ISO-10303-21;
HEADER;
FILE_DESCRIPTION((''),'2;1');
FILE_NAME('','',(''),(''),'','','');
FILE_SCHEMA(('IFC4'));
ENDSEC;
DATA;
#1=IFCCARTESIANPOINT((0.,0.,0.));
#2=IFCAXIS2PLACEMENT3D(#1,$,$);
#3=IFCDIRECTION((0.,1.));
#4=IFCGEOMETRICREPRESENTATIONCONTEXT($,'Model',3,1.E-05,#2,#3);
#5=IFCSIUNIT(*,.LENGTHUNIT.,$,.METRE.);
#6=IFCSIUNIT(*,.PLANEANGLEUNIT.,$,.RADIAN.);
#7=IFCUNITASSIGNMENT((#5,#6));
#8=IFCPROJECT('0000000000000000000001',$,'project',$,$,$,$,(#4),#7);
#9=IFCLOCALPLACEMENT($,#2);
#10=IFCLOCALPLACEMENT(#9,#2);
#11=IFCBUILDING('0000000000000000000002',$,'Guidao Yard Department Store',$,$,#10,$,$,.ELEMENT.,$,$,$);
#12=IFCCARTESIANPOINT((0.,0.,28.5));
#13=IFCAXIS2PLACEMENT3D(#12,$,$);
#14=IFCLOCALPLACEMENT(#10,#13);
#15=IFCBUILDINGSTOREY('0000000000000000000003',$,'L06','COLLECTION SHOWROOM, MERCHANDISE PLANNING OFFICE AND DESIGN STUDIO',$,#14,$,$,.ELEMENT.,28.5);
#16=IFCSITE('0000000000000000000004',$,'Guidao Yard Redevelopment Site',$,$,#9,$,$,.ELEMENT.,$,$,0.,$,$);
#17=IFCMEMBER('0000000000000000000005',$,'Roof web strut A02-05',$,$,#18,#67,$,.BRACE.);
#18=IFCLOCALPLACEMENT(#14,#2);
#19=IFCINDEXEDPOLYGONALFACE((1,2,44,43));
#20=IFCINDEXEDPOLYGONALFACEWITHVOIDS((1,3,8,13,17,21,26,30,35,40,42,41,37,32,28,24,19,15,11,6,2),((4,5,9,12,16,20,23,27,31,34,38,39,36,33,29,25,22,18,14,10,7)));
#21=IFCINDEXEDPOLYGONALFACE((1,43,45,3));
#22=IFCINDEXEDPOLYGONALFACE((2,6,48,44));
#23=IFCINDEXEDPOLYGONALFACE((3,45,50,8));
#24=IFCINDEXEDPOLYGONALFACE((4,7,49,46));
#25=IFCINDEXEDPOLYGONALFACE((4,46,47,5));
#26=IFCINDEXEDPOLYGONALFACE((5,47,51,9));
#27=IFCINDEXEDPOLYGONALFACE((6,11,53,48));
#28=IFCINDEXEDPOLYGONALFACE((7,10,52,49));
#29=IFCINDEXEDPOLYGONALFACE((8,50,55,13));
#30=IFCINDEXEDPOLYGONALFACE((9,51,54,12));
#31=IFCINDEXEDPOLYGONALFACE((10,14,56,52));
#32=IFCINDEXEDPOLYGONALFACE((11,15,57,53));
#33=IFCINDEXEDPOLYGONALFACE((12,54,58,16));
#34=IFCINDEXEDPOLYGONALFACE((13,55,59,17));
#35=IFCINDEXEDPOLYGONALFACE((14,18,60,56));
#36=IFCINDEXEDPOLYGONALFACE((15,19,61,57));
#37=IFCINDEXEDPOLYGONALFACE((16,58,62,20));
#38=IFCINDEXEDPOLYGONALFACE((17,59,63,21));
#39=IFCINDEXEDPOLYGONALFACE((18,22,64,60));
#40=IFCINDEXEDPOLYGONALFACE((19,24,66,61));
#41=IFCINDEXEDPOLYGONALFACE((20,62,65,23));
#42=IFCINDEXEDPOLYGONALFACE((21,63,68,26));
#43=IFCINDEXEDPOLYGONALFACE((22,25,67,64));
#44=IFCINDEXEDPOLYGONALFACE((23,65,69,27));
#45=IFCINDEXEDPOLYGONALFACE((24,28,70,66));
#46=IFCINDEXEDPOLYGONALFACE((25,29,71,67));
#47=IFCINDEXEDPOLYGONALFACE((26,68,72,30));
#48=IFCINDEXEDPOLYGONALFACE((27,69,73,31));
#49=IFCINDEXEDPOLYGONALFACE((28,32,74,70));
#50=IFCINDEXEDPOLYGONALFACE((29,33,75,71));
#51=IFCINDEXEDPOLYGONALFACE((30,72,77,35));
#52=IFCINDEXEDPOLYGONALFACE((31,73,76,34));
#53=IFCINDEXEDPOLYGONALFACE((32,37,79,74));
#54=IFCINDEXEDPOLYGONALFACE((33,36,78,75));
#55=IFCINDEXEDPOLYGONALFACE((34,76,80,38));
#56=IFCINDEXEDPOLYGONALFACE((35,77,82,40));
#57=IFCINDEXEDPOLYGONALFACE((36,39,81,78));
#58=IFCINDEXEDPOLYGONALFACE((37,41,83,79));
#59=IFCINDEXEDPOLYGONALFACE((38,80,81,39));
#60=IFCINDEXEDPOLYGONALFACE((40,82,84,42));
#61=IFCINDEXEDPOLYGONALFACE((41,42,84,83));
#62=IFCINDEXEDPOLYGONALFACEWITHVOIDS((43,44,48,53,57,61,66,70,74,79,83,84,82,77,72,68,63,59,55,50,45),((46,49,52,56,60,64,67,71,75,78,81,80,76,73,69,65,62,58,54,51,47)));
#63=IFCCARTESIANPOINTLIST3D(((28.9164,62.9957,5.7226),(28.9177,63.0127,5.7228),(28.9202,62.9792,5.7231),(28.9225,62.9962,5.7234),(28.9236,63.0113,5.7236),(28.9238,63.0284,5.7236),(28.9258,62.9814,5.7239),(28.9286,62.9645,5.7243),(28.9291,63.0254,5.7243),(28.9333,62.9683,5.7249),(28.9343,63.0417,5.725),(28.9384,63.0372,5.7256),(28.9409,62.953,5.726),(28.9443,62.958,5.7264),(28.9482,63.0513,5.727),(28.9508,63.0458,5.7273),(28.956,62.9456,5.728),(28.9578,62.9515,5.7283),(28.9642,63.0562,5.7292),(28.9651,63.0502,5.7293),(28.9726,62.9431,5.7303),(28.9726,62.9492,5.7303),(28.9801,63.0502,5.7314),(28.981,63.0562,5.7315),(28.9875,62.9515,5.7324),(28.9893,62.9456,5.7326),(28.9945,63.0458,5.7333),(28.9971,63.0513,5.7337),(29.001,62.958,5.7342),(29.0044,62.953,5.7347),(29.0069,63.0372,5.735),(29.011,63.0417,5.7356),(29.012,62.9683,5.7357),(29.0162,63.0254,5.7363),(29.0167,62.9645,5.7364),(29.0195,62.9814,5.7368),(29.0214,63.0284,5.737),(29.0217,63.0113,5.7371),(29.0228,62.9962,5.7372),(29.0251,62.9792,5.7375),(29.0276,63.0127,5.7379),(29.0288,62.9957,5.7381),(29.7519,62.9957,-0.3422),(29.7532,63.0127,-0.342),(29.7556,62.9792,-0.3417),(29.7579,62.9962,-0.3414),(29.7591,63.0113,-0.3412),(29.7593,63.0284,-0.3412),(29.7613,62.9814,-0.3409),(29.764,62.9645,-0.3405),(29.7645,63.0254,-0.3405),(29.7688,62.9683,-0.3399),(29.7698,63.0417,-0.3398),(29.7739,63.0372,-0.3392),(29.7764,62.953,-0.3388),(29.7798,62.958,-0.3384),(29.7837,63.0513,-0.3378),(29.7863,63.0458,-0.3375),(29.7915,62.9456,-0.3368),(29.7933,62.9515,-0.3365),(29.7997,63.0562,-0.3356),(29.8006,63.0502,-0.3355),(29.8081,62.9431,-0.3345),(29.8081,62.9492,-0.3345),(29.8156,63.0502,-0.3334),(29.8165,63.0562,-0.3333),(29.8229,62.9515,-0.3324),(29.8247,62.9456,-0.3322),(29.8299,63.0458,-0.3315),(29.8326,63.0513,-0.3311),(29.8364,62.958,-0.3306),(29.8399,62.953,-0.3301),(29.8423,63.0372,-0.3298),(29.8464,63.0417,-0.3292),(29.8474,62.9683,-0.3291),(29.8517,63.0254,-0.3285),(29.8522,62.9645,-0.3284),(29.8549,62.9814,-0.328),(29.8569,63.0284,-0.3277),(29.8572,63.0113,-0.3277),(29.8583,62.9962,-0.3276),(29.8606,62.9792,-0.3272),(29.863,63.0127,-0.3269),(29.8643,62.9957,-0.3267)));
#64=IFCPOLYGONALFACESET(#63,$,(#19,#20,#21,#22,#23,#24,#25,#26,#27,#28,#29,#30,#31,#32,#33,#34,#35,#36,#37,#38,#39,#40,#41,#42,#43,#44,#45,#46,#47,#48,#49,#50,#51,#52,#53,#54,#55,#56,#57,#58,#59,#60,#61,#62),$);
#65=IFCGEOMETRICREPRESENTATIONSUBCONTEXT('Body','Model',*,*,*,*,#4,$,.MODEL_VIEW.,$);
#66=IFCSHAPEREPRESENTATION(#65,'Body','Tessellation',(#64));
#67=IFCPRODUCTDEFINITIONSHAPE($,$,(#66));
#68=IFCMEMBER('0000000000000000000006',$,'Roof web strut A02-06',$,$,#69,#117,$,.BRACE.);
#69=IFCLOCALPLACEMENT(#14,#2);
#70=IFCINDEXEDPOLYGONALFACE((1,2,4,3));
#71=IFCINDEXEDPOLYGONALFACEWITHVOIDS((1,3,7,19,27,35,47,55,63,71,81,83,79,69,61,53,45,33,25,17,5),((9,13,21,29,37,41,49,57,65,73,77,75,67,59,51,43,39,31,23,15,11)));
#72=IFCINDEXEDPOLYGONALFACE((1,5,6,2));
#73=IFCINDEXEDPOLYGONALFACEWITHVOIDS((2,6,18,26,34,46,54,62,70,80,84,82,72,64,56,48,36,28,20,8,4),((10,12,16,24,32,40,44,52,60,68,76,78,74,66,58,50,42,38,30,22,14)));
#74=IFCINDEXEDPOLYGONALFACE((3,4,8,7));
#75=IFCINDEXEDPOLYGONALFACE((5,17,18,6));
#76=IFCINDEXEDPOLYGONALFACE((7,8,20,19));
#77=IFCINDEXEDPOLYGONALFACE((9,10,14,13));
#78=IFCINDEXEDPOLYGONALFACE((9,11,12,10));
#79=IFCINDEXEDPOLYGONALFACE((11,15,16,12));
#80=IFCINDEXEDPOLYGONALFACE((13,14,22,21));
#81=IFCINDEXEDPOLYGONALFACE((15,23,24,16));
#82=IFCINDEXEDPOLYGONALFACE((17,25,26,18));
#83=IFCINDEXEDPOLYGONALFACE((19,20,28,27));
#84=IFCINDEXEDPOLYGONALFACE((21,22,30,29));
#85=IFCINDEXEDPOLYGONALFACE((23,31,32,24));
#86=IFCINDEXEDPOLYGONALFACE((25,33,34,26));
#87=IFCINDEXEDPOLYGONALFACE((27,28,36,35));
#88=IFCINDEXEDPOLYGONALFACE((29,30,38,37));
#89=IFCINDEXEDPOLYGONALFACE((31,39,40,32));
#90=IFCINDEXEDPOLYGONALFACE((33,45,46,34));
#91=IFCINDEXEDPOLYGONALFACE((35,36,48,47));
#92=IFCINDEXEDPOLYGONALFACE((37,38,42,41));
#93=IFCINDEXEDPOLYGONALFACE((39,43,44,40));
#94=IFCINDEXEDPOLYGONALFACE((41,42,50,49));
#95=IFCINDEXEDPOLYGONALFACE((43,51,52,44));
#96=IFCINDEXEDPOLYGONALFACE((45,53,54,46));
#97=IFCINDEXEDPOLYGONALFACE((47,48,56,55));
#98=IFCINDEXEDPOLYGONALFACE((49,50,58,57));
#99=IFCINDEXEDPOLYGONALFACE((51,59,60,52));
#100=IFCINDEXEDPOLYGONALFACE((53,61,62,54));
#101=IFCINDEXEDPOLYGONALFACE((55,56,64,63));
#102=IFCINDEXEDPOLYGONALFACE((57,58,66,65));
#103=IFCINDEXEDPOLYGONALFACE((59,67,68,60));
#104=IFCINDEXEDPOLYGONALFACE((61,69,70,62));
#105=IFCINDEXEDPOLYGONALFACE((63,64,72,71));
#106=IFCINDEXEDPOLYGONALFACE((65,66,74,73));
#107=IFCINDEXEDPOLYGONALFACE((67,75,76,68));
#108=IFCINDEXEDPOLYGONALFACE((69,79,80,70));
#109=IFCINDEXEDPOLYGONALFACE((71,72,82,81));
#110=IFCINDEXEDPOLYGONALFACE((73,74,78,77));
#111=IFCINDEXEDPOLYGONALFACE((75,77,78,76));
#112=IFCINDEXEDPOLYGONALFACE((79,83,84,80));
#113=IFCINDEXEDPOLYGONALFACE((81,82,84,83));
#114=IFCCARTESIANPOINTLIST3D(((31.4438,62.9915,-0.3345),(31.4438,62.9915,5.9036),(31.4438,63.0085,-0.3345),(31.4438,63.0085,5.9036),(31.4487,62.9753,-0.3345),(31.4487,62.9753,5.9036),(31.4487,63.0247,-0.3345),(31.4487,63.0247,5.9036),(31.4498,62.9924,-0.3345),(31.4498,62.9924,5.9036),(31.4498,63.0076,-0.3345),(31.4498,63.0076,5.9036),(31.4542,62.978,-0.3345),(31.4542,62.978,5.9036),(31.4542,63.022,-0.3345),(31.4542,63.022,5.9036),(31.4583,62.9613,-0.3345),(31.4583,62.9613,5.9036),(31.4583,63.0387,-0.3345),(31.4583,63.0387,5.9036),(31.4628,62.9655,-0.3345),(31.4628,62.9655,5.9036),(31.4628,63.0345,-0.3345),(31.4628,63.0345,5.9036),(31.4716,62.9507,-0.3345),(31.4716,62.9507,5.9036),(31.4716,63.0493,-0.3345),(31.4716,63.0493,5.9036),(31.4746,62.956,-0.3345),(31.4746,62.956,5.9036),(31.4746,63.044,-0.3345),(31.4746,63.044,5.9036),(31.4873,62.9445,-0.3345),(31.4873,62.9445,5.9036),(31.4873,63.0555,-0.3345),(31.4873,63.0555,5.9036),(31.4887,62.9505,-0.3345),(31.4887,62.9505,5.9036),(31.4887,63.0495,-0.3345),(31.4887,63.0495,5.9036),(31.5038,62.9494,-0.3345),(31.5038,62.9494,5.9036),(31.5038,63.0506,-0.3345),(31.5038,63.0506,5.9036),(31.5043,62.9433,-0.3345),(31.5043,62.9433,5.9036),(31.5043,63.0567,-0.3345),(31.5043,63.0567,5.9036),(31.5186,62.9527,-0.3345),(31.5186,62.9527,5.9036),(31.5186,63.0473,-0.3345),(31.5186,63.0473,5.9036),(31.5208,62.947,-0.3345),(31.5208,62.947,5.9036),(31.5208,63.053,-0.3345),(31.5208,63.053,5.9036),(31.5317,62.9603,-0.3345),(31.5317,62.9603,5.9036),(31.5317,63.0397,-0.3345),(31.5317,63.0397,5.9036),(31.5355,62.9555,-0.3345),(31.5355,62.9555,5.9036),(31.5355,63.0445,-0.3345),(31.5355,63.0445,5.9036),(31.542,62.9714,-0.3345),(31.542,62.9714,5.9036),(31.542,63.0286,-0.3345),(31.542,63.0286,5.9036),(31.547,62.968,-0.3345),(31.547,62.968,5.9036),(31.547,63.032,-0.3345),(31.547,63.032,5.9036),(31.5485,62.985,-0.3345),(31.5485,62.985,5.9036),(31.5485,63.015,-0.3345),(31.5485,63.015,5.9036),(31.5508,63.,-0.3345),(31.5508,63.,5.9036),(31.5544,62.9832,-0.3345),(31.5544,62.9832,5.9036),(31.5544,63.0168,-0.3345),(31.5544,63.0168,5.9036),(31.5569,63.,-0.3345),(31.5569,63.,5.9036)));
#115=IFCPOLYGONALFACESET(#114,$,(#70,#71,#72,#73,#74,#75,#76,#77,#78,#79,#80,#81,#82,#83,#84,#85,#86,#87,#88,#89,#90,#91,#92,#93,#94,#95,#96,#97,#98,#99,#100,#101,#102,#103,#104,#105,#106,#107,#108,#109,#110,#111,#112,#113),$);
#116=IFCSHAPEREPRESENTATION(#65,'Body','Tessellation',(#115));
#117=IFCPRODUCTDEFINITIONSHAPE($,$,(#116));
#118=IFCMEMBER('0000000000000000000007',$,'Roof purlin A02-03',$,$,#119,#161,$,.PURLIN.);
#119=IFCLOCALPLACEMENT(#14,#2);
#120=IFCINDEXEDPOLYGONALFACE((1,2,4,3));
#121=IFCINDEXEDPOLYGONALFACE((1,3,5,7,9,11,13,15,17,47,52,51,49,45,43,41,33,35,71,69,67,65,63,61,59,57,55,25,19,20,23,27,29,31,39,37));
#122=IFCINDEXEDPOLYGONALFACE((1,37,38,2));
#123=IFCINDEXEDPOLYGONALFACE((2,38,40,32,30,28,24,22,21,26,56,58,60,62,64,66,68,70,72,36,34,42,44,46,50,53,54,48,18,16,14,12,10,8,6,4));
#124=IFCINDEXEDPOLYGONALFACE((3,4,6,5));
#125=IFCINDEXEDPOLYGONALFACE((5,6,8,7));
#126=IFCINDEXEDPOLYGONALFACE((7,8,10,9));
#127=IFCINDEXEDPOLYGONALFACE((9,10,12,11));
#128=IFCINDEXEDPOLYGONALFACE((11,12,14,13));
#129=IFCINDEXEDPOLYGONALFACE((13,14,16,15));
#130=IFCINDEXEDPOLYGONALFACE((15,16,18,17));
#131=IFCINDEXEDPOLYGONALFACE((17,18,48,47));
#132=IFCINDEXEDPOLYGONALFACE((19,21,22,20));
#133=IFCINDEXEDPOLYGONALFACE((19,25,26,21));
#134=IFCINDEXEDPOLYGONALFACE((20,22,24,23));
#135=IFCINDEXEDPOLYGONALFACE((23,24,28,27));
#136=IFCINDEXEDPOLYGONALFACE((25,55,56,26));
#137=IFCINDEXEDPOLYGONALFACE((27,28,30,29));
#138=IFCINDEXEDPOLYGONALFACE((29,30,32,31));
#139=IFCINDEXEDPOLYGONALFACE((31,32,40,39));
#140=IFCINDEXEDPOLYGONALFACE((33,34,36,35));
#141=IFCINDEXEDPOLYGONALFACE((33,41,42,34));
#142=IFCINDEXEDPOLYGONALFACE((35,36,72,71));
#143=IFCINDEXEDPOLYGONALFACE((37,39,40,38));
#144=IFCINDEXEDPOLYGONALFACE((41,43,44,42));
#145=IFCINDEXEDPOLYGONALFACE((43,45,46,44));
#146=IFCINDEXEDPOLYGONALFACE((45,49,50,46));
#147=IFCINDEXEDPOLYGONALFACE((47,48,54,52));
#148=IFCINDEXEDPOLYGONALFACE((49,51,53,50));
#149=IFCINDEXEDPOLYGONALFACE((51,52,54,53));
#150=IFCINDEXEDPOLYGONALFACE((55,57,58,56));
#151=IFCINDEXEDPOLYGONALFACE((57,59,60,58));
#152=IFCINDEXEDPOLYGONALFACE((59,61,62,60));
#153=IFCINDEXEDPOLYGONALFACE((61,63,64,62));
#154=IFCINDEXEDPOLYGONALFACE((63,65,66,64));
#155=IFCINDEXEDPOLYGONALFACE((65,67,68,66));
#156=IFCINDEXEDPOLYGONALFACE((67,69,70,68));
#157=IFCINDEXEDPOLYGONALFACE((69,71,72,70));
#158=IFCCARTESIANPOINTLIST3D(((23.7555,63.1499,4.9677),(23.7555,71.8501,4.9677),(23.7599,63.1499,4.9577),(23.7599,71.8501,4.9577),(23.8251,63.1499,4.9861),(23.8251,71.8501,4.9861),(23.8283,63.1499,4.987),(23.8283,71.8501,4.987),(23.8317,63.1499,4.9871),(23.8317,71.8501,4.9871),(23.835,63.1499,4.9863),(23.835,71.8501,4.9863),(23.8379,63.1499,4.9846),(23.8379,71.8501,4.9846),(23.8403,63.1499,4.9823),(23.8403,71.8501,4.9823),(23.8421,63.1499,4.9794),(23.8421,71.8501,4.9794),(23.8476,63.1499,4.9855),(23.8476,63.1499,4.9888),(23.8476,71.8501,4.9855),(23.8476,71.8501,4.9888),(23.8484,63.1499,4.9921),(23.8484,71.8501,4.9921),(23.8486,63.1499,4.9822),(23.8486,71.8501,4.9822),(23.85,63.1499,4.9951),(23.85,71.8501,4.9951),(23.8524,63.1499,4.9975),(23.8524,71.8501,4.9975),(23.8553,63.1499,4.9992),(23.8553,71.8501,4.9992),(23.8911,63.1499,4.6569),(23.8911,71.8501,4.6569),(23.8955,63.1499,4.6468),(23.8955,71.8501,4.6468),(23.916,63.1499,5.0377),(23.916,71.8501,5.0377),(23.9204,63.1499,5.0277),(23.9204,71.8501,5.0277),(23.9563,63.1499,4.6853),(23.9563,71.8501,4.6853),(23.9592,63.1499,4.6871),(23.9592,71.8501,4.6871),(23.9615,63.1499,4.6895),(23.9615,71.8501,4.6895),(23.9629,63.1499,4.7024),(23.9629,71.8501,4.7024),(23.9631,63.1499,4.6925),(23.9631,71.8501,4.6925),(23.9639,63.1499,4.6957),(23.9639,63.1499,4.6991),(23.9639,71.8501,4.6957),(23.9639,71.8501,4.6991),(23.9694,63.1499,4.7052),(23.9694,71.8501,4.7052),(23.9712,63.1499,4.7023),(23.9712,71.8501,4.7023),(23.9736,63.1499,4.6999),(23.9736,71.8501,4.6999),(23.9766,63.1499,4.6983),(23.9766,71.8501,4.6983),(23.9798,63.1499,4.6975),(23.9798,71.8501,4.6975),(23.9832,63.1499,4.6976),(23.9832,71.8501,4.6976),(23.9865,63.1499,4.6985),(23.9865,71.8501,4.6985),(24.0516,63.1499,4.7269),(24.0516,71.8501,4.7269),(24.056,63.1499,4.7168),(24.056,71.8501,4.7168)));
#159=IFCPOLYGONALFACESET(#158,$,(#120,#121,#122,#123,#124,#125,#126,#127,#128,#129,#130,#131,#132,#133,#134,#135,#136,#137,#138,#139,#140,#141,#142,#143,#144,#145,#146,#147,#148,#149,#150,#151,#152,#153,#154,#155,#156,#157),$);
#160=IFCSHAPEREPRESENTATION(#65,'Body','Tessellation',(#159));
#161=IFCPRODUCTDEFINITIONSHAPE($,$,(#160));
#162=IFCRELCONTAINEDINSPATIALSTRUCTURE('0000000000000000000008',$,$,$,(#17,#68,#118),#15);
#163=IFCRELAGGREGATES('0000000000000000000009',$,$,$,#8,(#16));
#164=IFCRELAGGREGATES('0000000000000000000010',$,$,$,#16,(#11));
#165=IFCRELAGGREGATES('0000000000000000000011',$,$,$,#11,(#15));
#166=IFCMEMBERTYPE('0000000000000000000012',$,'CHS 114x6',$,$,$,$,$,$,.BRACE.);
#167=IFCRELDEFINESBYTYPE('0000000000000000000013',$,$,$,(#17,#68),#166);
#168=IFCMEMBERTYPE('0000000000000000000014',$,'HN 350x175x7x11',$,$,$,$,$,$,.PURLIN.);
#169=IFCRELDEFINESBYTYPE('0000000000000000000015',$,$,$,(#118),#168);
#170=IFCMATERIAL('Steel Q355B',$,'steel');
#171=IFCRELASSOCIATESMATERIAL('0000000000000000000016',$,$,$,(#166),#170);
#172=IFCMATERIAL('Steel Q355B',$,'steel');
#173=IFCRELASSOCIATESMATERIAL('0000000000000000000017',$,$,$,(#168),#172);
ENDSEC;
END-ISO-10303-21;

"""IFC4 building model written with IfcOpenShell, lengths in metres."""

from ifc_helpers import new_model, si_unit, direction, frame, origin, origin_2d, place, context, subcontext, project, spatial, hollow_circle, i_section, extrude, material, material_profile, profile_set, type_object, element, save


model = new_model("IFC4")

# Units and contexts
model_context = context("Model", 3, precision=1e-05, world=origin(), true_north=direction((0.0, 1.0)))
body_context = subcontext(model_context, "Body", "Model", "MODEL_VIEW")
ifc_project = project(units=[si_unit("LENGTHUNIT", "METRE"), si_unit("PLANEANGLEUNIT", "RADIAN")], contexts=[model_context])

# Site, building, storey
site_placement = place(None, origin())
site = spatial("IfcSite", under=ifc_project, at=site_placement, Name="Guidao Yard Redevelopment Site", CompositionType="ELEMENT", RefElevation=0.0)
building_placement = place(site_placement, origin())
building = spatial("IfcBuilding", under=site, at=building_placement, Name="Guidao Yard Department Store", CompositionType="ELEMENT")
storey_placement = place(building_placement, frame((0.0, 0.0, 28.5)))
storey = spatial("IfcBuildingStorey", under=building, at=storey_placement, Name="L06", Description="COLLECTION SHOWROOM, MERCHANDISE PLANNING OFFICE AND DESIGN STUDIO", CompositionType="ELEMENT", Elevation=28.5)

# Members
ifc_material_1 = material(Name="Steel Q355B", Category="steel")
ifc_material_profile_1 = material_profile(ifc_material_1, hollow_circle(Radius=0.0569, WallThickness=0.0061, at=origin_2d()), Name="CHS 114x6")
ifc_profile_set_1 = profile_set([ifc_material_profile_1], Name="Steel Q355B")
member_type_1 = type_object("IfcMemberType", Name="CHS 114x6", PredefinedType="BRACE", material=ifc_profile_set_1)
member_1_placement = place(storey_placement, frame((29.8081, 63.0, -0.3345), z_axis=(-0.136467, 0.0, 0.990645), x_axis=(0.0, -1.0, 0.0)))
element("IfcMember", 1, at=member_1_placement, inside=storey, type_object=member_type_1, Name="Roof web strut A02-05", PredefinedType="BRACE", context=body_context, shape_type="SweptSolid", body=[
    extrude(hollow_circle(Radius=0.0569, WallThickness=0.0061, at=origin_2d()), origin(), (0.0, 0.0, 1.0), 6.1221),
])
member_2_placement = place(storey_placement, frame((31.5, 63.0, -0.3345), z_axis=(0.0, 0.0, 1.0), x_axis=(1.0, 0.0, 0.0)))
element("IfcMember", 2, at=member_2_placement, inside=storey, type_object=member_type_1, Name="Roof web strut A02-06", PredefinedType="BRACE", context=body_context, shape_type="SweptSolid", body=[
    extrude(hollow_circle(Radius=0.0569, WallThickness=0.0061, at=origin_2d()), origin(), (0.0, 0.0, 1.0), 6.238),
])
ifc_material_2 = material(Name="Steel Q355B", Category="steel")
ifc_material_profile_2 = material_profile(ifc_material_2, i_section(OverallWidth=0.175, OverallDepth=0.3501, WebThickness=0.0071, FlangeThickness=0.011, FilletRadius=0.0129, at=origin_2d()), Name="HN 350x175x7x11")
ifc_profile_set_2 = profile_set([ifc_material_profile_2], Name="Steel Q355B")
member_type_2 = type_object("IfcMemberType", Name="HN 350x175x7x11", PredefinedType="PURLIN", material=ifc_profile_set_2)
for number, where, z_axis, x_axis, name in (
    (3, (23.9058, 63.1499, 4.8423), (0.0, 1.0, 0.0), (-0.916571, 0.0, -0.399871), "Roof purlin A02-03"),
):
    element("IfcMember", number, at=place(storey_placement, frame(where, z_axis=z_axis, x_axis=x_axis)), inside=storey, type_object=member_type_2, Name=name, PredefinedType="PURLIN", context=body_context, shape_type="SweptSolid", body=[
        extrude(i_section(OverallWidth=0.175, OverallDepth=0.3501, WebThickness=0.0071, FlangeThickness=0.011, FilletRadius=0.0129, at=origin_2d()), origin(), (0.0, 0.0, 1.0), 8.7002),
    ])

save(model, "model.ifc")
